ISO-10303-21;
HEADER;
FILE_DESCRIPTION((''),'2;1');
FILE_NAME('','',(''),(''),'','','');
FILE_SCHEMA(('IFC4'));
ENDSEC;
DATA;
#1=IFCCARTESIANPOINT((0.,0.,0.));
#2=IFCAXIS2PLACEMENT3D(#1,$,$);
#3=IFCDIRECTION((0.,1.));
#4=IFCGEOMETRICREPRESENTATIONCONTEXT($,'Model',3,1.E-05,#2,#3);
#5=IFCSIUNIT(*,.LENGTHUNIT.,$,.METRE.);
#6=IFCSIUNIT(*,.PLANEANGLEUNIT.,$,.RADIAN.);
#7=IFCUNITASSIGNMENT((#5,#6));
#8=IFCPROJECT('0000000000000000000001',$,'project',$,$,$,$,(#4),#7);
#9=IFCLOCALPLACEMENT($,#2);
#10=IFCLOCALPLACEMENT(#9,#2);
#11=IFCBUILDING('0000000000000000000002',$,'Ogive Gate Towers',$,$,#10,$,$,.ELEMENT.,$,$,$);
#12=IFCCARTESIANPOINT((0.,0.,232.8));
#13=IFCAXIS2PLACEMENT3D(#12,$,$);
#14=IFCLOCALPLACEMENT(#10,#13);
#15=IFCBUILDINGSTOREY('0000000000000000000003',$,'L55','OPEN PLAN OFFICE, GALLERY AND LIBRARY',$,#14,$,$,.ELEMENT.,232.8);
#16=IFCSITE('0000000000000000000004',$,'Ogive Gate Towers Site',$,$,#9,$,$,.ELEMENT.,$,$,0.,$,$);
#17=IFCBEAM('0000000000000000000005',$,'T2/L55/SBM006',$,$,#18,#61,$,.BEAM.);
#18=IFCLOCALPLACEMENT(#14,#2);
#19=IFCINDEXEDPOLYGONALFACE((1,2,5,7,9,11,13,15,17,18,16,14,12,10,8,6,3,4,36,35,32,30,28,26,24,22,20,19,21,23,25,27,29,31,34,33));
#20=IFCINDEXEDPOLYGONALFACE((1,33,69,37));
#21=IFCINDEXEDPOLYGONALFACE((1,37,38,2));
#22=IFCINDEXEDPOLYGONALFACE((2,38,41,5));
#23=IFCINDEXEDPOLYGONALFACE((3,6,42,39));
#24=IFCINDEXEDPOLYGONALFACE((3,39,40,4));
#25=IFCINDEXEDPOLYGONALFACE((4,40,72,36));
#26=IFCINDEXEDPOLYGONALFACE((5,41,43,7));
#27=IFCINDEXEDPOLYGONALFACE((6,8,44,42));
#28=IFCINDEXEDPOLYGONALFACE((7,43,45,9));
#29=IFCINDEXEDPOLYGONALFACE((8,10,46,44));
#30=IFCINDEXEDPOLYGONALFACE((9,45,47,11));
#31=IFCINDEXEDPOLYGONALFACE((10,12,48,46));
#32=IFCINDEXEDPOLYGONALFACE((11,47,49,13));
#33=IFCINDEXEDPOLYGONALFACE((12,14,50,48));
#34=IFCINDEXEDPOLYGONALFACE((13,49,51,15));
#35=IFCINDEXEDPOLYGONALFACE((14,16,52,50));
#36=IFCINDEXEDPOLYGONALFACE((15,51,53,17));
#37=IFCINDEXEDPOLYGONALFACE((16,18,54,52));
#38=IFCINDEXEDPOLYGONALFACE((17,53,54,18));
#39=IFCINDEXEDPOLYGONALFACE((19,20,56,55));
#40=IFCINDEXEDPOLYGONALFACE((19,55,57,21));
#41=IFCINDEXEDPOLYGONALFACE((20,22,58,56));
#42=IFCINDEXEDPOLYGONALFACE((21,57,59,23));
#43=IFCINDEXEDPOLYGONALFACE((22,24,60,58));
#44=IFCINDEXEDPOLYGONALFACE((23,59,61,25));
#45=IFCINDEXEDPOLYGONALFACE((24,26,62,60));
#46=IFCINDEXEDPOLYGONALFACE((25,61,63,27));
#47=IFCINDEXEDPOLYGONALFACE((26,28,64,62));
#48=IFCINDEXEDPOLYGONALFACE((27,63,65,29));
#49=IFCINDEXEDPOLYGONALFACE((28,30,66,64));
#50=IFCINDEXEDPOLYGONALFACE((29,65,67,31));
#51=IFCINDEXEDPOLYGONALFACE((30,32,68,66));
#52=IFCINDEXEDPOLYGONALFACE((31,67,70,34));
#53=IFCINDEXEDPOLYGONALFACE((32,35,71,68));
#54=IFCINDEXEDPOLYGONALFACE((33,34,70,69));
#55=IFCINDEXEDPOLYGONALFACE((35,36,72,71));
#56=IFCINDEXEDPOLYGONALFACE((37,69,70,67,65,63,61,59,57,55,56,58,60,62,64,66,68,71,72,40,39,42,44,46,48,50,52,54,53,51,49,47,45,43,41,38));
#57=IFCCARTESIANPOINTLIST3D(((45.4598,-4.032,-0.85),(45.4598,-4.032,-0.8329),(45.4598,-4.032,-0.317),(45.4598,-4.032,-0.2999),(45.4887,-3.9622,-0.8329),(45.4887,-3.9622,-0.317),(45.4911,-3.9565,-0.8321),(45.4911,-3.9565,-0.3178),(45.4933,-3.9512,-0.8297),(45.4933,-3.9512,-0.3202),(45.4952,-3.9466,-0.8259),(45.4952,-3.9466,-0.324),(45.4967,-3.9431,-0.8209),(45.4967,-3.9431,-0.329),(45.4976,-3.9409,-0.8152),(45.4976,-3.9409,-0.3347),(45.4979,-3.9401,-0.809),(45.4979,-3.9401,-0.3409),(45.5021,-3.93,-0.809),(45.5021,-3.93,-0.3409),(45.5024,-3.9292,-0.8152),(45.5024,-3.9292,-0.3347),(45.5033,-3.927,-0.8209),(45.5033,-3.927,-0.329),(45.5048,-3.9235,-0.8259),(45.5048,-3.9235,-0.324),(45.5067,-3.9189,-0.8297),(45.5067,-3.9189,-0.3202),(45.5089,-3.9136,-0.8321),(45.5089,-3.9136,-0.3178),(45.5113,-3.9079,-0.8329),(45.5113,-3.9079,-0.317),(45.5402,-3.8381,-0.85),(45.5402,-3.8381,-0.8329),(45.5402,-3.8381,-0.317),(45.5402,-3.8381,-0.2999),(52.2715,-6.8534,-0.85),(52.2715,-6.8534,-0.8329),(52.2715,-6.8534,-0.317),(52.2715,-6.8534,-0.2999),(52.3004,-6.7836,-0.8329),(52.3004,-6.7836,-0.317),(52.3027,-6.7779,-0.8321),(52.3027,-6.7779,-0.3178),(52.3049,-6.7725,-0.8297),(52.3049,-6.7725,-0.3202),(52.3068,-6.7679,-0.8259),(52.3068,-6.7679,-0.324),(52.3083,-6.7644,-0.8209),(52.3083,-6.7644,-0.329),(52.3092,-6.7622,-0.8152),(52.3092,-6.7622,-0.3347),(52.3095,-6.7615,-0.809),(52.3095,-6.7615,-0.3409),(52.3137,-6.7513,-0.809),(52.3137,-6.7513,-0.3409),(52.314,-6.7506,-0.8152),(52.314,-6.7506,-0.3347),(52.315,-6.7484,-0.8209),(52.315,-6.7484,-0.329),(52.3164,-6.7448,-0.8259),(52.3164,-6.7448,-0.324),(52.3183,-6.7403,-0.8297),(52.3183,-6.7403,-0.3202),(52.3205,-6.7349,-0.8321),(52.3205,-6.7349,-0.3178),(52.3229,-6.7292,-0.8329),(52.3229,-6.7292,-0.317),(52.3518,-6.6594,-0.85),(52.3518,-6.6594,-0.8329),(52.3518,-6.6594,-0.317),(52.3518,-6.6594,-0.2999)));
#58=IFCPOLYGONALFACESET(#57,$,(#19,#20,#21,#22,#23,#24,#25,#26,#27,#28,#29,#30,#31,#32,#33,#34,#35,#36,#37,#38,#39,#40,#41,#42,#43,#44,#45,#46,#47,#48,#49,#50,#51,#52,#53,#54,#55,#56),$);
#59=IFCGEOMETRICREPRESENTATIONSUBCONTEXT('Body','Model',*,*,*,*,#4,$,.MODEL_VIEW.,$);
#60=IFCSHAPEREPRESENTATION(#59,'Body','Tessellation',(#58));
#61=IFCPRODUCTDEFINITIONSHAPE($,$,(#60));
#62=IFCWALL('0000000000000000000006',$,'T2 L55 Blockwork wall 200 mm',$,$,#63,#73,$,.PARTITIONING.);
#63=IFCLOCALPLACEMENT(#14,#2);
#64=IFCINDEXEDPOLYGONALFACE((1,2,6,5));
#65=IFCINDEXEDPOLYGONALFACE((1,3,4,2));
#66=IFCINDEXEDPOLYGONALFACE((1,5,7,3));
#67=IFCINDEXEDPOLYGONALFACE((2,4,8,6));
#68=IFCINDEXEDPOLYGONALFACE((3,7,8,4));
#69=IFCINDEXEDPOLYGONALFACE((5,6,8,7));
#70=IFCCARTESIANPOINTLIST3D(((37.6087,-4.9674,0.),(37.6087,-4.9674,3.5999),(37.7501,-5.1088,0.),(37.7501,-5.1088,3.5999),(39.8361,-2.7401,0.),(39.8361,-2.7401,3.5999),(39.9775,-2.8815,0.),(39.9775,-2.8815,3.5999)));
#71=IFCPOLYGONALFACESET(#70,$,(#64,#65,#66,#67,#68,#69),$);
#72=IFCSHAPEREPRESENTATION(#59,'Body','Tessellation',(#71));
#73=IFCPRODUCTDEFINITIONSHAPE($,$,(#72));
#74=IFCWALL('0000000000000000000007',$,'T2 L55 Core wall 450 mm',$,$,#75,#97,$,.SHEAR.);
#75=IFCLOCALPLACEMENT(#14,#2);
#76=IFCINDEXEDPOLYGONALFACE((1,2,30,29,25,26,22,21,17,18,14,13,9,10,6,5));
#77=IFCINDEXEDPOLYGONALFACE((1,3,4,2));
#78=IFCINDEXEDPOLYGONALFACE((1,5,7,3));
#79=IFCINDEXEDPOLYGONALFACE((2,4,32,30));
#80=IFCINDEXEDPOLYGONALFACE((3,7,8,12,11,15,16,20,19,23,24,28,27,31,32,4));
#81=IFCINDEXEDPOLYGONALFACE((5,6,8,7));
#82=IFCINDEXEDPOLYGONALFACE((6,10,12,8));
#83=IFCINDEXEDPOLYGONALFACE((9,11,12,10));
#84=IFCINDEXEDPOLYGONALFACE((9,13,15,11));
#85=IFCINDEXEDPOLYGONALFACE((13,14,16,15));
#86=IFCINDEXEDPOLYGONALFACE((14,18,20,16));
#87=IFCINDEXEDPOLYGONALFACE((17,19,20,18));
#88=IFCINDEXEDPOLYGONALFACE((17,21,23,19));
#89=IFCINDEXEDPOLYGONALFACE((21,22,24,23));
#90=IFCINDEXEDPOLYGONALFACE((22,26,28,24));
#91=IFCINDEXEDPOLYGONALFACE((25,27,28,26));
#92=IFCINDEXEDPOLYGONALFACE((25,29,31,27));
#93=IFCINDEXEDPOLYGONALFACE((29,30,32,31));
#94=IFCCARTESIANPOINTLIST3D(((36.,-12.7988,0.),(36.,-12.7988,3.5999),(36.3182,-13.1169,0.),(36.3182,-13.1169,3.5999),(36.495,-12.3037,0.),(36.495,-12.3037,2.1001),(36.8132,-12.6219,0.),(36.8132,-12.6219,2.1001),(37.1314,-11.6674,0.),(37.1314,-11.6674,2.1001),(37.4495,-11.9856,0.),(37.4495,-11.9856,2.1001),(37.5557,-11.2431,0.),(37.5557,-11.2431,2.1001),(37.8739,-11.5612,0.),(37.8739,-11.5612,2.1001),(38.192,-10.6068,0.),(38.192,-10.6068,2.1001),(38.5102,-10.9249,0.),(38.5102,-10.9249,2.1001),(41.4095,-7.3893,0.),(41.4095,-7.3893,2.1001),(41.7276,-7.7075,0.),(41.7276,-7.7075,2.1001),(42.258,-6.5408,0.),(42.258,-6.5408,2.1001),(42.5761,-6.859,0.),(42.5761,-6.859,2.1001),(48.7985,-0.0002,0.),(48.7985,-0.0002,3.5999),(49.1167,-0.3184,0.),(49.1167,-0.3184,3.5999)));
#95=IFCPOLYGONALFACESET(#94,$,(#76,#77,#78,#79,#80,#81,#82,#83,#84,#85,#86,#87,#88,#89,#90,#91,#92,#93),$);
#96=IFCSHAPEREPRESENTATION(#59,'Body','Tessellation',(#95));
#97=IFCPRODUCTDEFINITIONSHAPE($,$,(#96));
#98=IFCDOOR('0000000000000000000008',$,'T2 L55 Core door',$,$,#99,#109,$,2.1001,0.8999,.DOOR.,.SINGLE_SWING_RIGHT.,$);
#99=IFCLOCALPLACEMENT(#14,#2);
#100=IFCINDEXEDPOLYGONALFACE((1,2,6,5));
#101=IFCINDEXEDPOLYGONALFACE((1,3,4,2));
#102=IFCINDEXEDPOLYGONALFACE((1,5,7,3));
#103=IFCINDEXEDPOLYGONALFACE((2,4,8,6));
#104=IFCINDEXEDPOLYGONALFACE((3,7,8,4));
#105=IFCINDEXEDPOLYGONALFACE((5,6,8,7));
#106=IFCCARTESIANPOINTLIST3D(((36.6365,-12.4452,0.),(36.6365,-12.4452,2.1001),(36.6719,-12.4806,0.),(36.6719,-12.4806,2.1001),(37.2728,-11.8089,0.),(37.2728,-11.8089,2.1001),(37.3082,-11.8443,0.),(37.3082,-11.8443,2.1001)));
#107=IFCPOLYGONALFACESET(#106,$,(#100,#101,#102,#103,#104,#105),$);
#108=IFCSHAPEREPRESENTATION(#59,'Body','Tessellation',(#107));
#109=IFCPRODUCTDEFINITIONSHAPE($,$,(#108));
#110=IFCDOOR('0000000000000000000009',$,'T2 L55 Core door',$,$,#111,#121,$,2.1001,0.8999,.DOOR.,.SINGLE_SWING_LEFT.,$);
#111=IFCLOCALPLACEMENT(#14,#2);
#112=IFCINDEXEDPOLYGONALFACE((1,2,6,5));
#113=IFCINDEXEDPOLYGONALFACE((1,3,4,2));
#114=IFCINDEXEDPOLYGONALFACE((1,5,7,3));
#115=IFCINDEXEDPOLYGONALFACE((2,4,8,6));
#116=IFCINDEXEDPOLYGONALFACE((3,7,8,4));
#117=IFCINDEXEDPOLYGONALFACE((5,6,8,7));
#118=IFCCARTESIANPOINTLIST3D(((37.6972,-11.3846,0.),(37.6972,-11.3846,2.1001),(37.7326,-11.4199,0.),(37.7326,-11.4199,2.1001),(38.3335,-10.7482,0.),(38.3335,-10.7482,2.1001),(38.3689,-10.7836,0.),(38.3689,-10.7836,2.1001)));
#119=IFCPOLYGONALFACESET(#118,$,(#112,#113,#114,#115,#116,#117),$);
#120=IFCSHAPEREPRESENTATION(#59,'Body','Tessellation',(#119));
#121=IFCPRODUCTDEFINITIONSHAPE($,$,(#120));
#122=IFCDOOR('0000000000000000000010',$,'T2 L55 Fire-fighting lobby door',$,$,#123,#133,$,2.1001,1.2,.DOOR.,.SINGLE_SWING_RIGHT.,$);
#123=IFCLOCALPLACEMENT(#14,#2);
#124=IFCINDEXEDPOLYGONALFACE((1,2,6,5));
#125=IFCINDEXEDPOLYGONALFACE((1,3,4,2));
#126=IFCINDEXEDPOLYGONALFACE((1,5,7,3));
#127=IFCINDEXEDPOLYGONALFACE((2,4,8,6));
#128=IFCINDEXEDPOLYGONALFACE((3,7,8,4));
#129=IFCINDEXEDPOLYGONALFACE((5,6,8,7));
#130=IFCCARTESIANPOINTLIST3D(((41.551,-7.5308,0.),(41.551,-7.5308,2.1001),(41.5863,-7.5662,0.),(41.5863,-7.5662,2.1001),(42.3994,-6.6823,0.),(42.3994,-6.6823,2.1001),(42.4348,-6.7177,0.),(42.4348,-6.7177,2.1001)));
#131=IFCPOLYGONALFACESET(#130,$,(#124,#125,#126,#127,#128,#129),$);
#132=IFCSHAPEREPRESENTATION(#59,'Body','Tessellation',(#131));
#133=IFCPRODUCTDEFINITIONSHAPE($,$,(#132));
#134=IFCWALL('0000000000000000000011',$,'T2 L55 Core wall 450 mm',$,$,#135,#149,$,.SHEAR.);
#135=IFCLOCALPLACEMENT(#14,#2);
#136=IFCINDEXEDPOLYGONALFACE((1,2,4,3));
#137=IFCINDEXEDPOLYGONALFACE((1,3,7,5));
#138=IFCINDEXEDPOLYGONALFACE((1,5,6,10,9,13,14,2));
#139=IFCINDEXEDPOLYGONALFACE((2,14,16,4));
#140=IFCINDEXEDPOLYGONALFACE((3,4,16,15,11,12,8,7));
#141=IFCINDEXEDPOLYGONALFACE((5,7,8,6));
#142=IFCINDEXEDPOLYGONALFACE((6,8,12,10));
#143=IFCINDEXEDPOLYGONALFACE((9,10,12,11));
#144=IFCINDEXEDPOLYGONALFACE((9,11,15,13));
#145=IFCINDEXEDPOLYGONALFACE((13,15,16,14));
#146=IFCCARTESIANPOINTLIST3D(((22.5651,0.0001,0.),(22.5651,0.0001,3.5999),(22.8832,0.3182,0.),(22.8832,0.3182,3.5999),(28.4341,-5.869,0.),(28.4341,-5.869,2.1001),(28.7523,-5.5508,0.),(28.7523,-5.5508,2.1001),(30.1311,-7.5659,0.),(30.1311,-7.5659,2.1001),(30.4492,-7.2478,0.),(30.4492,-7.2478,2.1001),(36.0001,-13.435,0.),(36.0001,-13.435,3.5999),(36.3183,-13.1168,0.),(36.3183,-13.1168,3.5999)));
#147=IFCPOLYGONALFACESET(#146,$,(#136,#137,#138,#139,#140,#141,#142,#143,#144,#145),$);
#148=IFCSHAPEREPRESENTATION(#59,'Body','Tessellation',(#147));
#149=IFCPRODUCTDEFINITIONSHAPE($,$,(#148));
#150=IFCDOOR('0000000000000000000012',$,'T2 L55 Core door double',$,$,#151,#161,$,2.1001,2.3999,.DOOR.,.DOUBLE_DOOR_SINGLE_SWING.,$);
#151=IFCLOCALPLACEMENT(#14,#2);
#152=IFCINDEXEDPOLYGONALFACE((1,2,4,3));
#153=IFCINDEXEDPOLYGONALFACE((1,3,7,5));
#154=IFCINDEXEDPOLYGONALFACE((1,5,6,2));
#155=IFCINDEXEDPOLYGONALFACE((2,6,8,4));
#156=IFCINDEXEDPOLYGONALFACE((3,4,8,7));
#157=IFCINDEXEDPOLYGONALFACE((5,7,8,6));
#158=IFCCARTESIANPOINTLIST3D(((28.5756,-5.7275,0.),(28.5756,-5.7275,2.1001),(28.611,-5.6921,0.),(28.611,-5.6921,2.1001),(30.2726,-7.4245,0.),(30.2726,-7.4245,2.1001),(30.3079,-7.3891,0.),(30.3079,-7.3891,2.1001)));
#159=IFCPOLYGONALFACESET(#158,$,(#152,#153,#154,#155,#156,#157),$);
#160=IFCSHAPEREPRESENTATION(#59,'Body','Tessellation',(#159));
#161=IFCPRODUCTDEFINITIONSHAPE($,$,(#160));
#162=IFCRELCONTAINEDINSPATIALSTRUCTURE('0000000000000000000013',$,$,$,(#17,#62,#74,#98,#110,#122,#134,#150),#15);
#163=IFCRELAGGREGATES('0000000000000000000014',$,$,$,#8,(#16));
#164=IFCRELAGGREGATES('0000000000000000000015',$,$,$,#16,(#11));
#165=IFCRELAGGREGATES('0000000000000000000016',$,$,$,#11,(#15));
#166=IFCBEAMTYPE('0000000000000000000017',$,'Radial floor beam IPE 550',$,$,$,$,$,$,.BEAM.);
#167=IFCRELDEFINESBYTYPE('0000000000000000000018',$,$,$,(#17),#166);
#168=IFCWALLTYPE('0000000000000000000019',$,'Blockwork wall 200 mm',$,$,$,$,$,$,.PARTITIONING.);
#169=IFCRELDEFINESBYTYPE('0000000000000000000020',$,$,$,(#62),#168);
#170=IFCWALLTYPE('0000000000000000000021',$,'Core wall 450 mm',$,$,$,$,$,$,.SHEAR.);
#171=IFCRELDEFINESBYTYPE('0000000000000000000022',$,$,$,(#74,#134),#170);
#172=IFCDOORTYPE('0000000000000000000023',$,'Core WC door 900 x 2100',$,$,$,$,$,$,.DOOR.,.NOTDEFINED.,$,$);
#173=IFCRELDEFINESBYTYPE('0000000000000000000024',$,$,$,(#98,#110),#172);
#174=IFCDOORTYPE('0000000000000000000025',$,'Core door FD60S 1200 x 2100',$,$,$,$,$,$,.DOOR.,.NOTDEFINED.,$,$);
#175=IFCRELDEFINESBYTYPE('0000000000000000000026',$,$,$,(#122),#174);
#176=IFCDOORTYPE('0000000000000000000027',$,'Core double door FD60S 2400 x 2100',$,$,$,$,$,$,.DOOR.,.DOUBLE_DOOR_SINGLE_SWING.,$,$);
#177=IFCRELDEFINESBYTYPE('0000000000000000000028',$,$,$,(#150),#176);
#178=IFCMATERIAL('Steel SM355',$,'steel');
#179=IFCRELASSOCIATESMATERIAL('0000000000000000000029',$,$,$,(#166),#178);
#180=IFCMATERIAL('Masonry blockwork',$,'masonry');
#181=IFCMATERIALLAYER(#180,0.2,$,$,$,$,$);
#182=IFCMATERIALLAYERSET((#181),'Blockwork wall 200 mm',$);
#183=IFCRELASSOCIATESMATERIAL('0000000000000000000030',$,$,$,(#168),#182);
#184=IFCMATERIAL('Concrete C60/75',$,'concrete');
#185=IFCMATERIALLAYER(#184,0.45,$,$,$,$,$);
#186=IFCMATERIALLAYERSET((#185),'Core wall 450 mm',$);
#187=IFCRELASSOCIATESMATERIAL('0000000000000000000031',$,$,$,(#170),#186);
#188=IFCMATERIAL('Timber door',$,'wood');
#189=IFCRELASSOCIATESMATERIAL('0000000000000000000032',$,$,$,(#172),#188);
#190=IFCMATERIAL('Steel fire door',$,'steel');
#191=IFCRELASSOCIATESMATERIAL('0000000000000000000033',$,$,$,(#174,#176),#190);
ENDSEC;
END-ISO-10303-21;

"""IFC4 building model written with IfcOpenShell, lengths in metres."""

from ifc_helpers import new_model, si_unit, direction, frame, frame_2d, origin, origin_2d, place, context, subcontext, project, spatial, rectangle, i_section, extrude, material, layer, layer_set, material_profile, profile_set, type_object, element, fill, save


model = new_model("IFC4")

# Units and contexts
model_context = context("Model", 3, precision=1e-05, world=origin(), true_north=direction((0.0, 1.0)))
body_context = subcontext(model_context, "Body", "Model", "MODEL_VIEW")
ifc_project = project(units=[si_unit("LENGTHUNIT", "METRE"), si_unit("PLANEANGLEUNIT", "RADIAN")], contexts=[model_context])

# Site, building, storey
site_placement = place(None, origin())
site = spatial("IfcSite", under=ifc_project, at=site_placement, Name="Ogive Gate Towers Site", CompositionType="ELEMENT", RefElevation=0.0)
building_placement = place(site_placement, origin())
building = spatial("IfcBuilding", under=site, at=building_placement, Name="Ogive Gate Towers", CompositionType="ELEMENT")
storey_placement = place(building_placement, frame((0.0, 0.0, 232.8)))
storey = spatial("IfcBuildingStorey", under=building, at=storey_placement, Name="L55", Description="OPEN PLAN OFFICE, GALLERY AND LIBRARY", CompositionType="ELEMENT", Elevation=232.8)

# Beam
ifc_material_1 = material(Name="Steel SM355", Category="steel")
ifc_material_profile_1 = material_profile(ifc_material_1, i_section(OverallWidth=0.21, OverallDepth=0.55, WebThickness=0.011, FlangeThickness=0.0171, FilletRadius=0.0239, at=origin_2d()), Name="IPE 550")
ifc_profile_set_1 = profile_set([ifc_material_profile_1], Name="Steel SM355")
beam_type_1 = type_object("IfcBeamType", Name="Radial floor beam IPE 550", PredefinedType="BEAM", material=ifc_profile_set_1)
beam_1_placement = place(storey_placement, frame((45.5, -3.9351, -0.575), z_axis=(0.923886, -0.382668, 0.0), x_axis=(0.382668, 0.923886, 0.0)))
element("IfcBeam", 1, at=beam_1_placement, inside=storey, type_object=beam_type_1, Name="T2/L55/SBM006", PredefinedType="BEAM", context=body_context, shape_type="SweptSolid", body=[
    extrude(i_section(OverallWidth=0.21, OverallDepth=0.55, WebThickness=0.011, FlangeThickness=0.0171, FilletRadius=0.0239, at=origin_2d()), origin(), (0.0, 0.0, 1.0), 7.3728),
])

# Wall
ifc_material_2 = material(Name="Masonry blockwork", Category="masonry")
ifc_layer_1 = layer(ifc_material_2, 0.2)
ifc_layer_set_1 = layer_set([ifc_layer_1], Name="Blockwork wall 200 mm")
wall_type_1 = type_object("IfcWallType", Name="Blockwork wall 200 mm", PredefinedType="PARTITIONING", material=ifc_layer_set_1)
wall_1_placement = place(storey_placement, frame((37.6794, -5.0381, 0.0), z_axis=(0.0, 0.0, 1.0), x_axis=(0.707107, 0.707107, 0.0)))
element("IfcWall", 2, at=wall_1_placement, inside=storey, type_object=wall_type_1, Name="T2 L55 Blockwork wall 200 mm", PredefinedType="PARTITIONING", context=body_context, shape_type="SweptSolid", body=[
    extrude(rectangle(XDim=3.1499, YDim=0.2, at=frame_2d((1.575, 0.0))), origin(), (0.0, 0.0, 1.0), 3.5999),
])

# Wall, openings, doors
ifc_material_3 = material(Name="Concrete C60/75", Category="concrete")
ifc_layer_2 = layer(ifc_material_3, 0.45)
ifc_layer_set_2 = layer_set([ifc_layer_2], Name="Core wall 450 mm")
wall_type_2 = type_object("IfcWallType", Name="Core wall 450 mm", PredefinedType="SHEAR", material=ifc_layer_set_2)
wall_2_placement = place(storey_placement, frame((36.1592, -12.9578, 0.0), z_axis=(0.0, 0.0, 1.0), x_axis=(0.707107, 0.707107, 0.0)))
wall_2 = element("IfcWall", 3, at=wall_2_placement, inside=storey, type_object=wall_type_2, Name="T2 L55 Core wall 450 mm", PredefinedType="SHEAR", context=body_context, shape_type="SweptSolid", body=[
    extrude(rectangle(XDim=18.0999, YDim=0.45, at=frame_2d((9.0498, 0.0))), origin(), (0.0, 0.0, 1.0), 3.5999),
])
opening_1_placement = place(wall_2_placement, frame((7.6499, 0.0, 0.0)))
opening_1 = element("IfcOpeningElement", 4, at=opening_1_placement, cuts=wall_2, PredefinedType="OPENING", context=body_context, shape_type="SweptSolid", body=[
    extrude(rectangle(XDim=1.2, YDim=2.1001, at=frame_2d((0.6001, 1.05))), frame((0.0, 0.2349, 0.0), z_axis=(0.0, -1.0, 0.0), x_axis=(1.0, 0.0, 0.0)), (0.0, 0.0, 1.0), 0.47),
])
opening_2_placement = place(wall_2_placement, frame((0.7, 0.0, 0.0)))
opening_2 = element("IfcOpeningElement", 5, at=opening_2_placement, cuts=wall_2, PredefinedType="OPENING", context=body_context, shape_type="SweptSolid", body=[
    extrude(rectangle(XDim=0.8999, YDim=2.1001, at=frame_2d((0.45, 1.05))), frame((0.0, 0.2349, 0.0), z_axis=(0.0, -1.0, 0.0), x_axis=(1.0, 0.0, 0.0)), (0.0, 0.0, 1.0), 0.47),
])
opening_3_placement = place(wall_2_placement, frame((2.2, 0.0, 0.0)))
opening_3 = element("IfcOpeningElement", 6, at=opening_3_placement, cuts=wall_2, PredefinedType="OPENING", context=body_context, shape_type="SweptSolid", body=[
    extrude(rectangle(XDim=0.8999, YDim=2.1001, at=frame_2d((0.45, 1.05))), frame((0.0, 0.2349, 0.0), z_axis=(0.0, -1.0, 0.0), x_axis=(1.0, 0.0, 0.0)), (0.0, 0.0, 1.0), 0.47),
])
ifc_material_4 = material(Name="Timber door", Category="wood")
door_type_1 = type_object("IfcDoorType", Name="Core WC door 900 x 2100", OperationType="NOTDEFINED", PredefinedType="DOOR", material=ifc_material_4)
door_1_placement = place(opening_2_placement, origin())
door_1 = element("IfcDoor", 7, at=door_1_placement, inside=storey, type_object=door_type_1, Name="T2 L55 Core door", OperationType="SINGLE_SWING_RIGHT", OverallHeight=2.1001, OverallWidth=0.8999, PredefinedType="DOOR", context=body_context, shape_type="SweptSolid", body=[
    extrude(rectangle(XDim=0.8999, YDim=2.1001, at=frame_2d((0.45, 1.05))), frame((0.0, 0.0249, 0.0), z_axis=(0.0, -1.0, 0.0), x_axis=(1.0, 0.0, 0.0)), (0.0, 0.0, 1.0), 0.05),
])
fill(opening_2, door_1)
door_2_placement = place(opening_3_placement, origin())
door_2 = element("IfcDoor", 8, at=door_2_placement, inside=storey, type_object=door_type_1, Name="T2 L55 Core door", OperationType="SINGLE_SWING_LEFT", OverallHeight=2.1001, OverallWidth=0.8999, PredefinedType="DOOR", context=body_context, shape_type="SweptSolid", body=[
    extrude(rectangle(XDim=0.8999, YDim=2.1001, at=frame_2d((0.45, 1.05))), frame((0.0, 0.0249, 0.0), z_axis=(0.0, -1.0, 0.0), x_axis=(1.0, 0.0, 0.0)), (0.0, 0.0, 1.0), 0.05),
])
fill(opening_3, door_2)
ifc_material_5 = material(Name="Steel fire door", Category="steel")
door_type_2 = type_object("IfcDoorType", Name="Core door FD60S 1200 x 2100", OperationType="NOTDEFINED", PredefinedType="DOOR", material=ifc_material_5)
door_3_placement = place(opening_1_placement, origin())
door_3 = element("IfcDoor", 9, at=door_3_placement, inside=storey, type_object=door_type_2, Name="T2 L55 Fire-fighting lobby door", OperationType="SINGLE_SWING_RIGHT", OverallHeight=2.1001, OverallWidth=1.2, PredefinedType="DOOR", context=body_context, shape_type="SweptSolid", body=[
    extrude(rectangle(XDim=1.2, YDim=2.1001, at=frame_2d((0.6001, 1.05))), frame((0.0, 0.0249, 0.0), z_axis=(0.0, -1.0, 0.0), x_axis=(1.0, 0.0, 0.0)), (0.0, 0.0, 1.0), 0.05),
])
fill(opening_1, door_3)

# Wall, opening, door
wall_3_placement = place(storey_placement, frame((36.1592, -13.2759, 0.0), z_axis=(0.0, 0.0, 1.0), x_axis=(-0.707107, 0.707107, 0.0)))
wall_3 = element("IfcWall", 10, at=wall_3_placement, inside=storey, type_object=wall_type_2, Name="T2 L55 Core wall 450 mm", PredefinedType="SHEAR", context=body_context, shape_type="SweptSolid", body=[
    extrude(rectangle(XDim=19.0, YDim=0.45, at=frame_2d((9.5, 0.0))), origin(), (0.0, 0.0, 1.0), 3.5999),
])
opening_4_placement = place(wall_3_placement, frame((8.3, 0.0, 0.0)))
opening_4 = element("IfcOpeningElement", 11, at=opening_4_placement, cuts=wall_3, PredefinedType="OPENING", context=body_context, shape_type="SweptSolid", body=[
    extrude(rectangle(XDim=2.3999, YDim=2.1001, at=frame_2d((1.2, 1.05))), frame((0.0, 0.2349, 0.0), z_axis=(0.0, -1.0, 0.0), x_axis=(1.0, 0.0, 0.0)), (0.0, 0.0, 1.0), 0.47),
])
door_type_3 = type_object("IfcDoorType", Name="Core double door FD60S 2400 x 2100", OperationType="DOUBLE_DOOR_SINGLE_SWING", PredefinedType="DOOR", material=ifc_material_5)
door_4_placement = place(opening_4_placement, origin())
door_4 = element("IfcDoor", 12, at=door_4_placement, inside=storey, type_object=door_type_3, Name="T2 L55 Core door double", OperationType="DOUBLE_DOOR_SINGLE_SWING", OverallHeight=2.1001, OverallWidth=2.3999, PredefinedType="DOOR", context=body_context, shape_type="SweptSolid", body=[
    extrude(rectangle(XDim=2.3999, YDim=2.1001, at=frame_2d((1.2, 1.05))), frame((0.0, 0.0249, 0.0), z_axis=(0.0, -1.0, 0.0), x_axis=(1.0, 0.0, 0.0)), (0.0, 0.0, 1.0), 0.05),
])
fill(opening_4, door_4)

save(model, "model.ifc")
